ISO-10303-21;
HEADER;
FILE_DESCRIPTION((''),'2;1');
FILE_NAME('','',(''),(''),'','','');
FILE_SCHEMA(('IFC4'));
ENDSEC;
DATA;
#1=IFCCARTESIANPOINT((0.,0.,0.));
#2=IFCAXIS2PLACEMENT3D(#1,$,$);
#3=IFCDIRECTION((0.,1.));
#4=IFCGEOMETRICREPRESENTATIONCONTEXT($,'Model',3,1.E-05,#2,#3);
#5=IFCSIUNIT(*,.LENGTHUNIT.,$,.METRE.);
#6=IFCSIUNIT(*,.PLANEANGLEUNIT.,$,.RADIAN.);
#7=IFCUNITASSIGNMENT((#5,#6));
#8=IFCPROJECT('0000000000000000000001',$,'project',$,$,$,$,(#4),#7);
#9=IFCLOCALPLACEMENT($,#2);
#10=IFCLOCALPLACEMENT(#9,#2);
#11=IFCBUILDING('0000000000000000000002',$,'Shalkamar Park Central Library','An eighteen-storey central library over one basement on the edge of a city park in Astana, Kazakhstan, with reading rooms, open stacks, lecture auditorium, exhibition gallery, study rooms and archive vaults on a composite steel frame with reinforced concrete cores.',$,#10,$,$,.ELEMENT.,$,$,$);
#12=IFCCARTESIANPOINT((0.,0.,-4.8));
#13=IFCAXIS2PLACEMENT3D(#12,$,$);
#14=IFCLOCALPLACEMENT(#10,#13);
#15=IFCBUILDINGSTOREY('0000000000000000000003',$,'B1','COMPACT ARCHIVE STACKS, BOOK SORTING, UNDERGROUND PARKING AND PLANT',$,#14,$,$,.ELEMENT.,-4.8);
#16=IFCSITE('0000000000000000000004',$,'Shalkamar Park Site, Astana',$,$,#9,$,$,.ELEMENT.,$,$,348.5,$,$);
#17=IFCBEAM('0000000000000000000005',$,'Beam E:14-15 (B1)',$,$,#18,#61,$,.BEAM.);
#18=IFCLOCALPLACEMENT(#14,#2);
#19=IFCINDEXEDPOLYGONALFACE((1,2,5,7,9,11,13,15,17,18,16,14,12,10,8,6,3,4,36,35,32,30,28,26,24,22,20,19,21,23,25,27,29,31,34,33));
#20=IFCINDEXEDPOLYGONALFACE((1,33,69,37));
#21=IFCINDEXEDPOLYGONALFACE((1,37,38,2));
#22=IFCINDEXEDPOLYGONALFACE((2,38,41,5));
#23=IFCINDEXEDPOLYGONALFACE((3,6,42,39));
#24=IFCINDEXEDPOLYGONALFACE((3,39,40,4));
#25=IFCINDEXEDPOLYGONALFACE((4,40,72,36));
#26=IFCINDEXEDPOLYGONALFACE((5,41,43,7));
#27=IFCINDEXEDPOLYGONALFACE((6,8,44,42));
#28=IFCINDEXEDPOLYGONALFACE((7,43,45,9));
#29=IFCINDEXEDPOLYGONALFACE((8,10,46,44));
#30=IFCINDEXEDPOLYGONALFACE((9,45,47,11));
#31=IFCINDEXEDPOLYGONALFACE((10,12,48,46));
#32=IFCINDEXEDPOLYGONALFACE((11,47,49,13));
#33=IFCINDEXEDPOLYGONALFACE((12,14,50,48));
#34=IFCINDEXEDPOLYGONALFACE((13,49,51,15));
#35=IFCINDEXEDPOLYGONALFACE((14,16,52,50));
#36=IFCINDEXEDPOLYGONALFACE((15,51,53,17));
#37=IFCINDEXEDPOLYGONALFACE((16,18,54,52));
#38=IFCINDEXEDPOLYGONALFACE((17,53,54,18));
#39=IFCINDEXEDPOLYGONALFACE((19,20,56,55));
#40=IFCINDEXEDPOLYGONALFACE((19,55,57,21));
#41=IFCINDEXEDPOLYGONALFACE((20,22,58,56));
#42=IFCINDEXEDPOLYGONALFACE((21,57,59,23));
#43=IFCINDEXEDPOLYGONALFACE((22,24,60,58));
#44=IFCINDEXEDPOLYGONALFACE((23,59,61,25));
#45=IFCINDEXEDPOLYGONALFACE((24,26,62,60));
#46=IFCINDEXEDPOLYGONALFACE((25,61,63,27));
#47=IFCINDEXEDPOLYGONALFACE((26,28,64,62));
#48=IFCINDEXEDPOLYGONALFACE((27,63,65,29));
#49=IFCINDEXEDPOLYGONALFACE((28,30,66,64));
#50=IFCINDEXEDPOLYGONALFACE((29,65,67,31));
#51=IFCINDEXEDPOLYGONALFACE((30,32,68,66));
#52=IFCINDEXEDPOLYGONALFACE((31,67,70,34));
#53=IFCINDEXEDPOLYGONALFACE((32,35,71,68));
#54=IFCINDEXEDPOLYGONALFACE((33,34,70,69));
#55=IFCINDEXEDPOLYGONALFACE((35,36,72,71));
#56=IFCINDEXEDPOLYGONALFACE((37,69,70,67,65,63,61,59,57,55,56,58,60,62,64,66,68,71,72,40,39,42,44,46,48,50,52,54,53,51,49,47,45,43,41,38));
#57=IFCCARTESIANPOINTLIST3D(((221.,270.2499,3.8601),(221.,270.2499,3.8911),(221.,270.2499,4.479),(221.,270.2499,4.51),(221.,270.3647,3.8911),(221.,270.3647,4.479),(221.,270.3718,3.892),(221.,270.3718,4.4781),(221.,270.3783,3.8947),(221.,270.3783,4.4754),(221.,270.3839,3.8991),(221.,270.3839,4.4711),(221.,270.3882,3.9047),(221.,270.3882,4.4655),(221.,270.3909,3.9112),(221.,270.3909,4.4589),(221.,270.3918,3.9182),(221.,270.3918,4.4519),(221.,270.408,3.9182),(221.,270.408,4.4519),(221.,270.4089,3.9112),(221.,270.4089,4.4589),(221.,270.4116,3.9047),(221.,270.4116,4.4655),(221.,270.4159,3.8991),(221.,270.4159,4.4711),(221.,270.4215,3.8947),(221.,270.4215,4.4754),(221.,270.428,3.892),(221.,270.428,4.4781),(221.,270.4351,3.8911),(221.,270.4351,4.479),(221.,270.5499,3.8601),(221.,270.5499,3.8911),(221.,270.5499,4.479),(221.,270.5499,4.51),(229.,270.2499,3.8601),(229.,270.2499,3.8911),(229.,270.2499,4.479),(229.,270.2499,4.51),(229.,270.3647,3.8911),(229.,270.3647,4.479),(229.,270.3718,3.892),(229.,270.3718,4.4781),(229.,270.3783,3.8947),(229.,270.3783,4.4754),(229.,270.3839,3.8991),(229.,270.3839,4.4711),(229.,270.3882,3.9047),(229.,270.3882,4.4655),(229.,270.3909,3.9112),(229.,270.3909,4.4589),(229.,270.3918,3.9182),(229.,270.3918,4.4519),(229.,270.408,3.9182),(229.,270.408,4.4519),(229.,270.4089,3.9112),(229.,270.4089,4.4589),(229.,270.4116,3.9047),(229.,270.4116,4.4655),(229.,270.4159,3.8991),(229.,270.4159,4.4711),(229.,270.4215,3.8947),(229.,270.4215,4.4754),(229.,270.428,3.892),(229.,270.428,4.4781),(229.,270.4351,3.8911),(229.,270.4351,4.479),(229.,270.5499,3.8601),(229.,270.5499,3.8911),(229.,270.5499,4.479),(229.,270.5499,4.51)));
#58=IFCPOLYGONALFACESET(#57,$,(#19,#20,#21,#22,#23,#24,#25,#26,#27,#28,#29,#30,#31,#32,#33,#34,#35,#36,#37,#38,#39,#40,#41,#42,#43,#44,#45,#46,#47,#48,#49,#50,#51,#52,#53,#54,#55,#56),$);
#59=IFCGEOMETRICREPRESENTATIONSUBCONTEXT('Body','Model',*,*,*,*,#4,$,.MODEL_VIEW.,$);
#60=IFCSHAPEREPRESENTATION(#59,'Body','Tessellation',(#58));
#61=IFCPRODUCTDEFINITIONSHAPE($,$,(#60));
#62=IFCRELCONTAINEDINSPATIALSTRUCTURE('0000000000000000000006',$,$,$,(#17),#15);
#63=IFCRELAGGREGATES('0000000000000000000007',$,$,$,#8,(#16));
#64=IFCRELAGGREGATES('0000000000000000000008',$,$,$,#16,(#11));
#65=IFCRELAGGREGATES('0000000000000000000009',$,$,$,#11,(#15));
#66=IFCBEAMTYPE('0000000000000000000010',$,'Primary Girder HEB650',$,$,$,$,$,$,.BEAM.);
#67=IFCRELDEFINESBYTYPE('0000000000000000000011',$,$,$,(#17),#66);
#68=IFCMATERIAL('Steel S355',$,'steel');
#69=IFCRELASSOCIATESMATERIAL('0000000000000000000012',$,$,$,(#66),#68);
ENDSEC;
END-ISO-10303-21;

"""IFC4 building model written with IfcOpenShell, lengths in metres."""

from ifc_helpers import new_model, si_unit, direction, frame, origin, origin_2d, place, context, subcontext, project, spatial, i_section, extrude, material, material_profile, profile_set, type_object, element, save


model = new_model("IFC4")

# Units and contexts
model_context = context("Model", 3, precision=1e-05, world=origin(), true_north=direction((0.0, 1.0)))
body_context = subcontext(model_context, "Body", "Model", "MODEL_VIEW")
ifc_project = project(units=[si_unit("LENGTHUNIT", "METRE"), si_unit("PLANEANGLEUNIT", "RADIAN")], contexts=[model_context])

# Site, building, storey
site_placement = place(None, origin())
site = spatial("IfcSite", under=ifc_project, at=site_placement, Name="Shalkamar Park Site, Astana", CompositionType="ELEMENT", RefElevation=348.5)
building_placement = place(site_placement, origin())
building = spatial("IfcBuilding", under=site, at=building_placement, Name="Shalkamar Park Central Library", Description="An eighteen-storey central library over one basement on the edge of a city park in Astana, Kazakhstan, with reading rooms, open stacks, lecture auditorium, exhibition gallery, study rooms and archive vaults on a composite steel frame with reinforced concrete cores.", CompositionType="ELEMENT")
storey_placement = place(building_placement, frame((0.0, 0.0, -4.8)))
storey = spatial("IfcBuildingStorey", under=building, at=storey_placement, Name="B1", Description="COMPACT ARCHIVE STACKS, BOOK SORTING, UNDERGROUND PARKING AND PLANT", CompositionType="ELEMENT", Elevation=-4.8)

# Shared definitions
ifc_material_1 = material(Name="Steel S355", Category="steel")

# Beam
ifc_material_profile_1 = material_profile(ifc_material_1, i_section(OverallWidth=0.3, OverallDepth=0.6499, WebThickness=0.0161, FlangeThickness=0.031, FilletRadius=0.0271, at=origin_2d()), Name="HEB 650")
ifc_profile_set_1 = profile_set([ifc_material_profile_1], Name="Steel S355")
beam_type_1 = type_object("IfcBeamType", Name="Primary Girder HEB650", PredefinedType="BEAM", material=ifc_profile_set_1)
for number, where, z_axis, x_axis, name in (
    (1, (221.0, 270.3999, 4.1851), (1.0, 0.0, 0.0), (0.0, 1.0, 0.0), "Beam E:14-15 (B1)"),
):
    element("IfcBeam", number, at=place(storey_placement, frame(where, z_axis=z_axis, x_axis=x_axis)), inside=storey, type_object=beam_type_1, Name=name, PredefinedType="BEAM", context=body_context, shape_type="SweptSolid", body=[
        extrude(i_section(OverallWidth=0.3, OverallDepth=0.6499, WebThickness=0.0161, FlangeThickness=0.031, FilletRadius=0.0271, at=origin_2d()), origin(), (0.0, 0.0, 1.0), 8.0),
    ])

save(model, "model.ifc")
